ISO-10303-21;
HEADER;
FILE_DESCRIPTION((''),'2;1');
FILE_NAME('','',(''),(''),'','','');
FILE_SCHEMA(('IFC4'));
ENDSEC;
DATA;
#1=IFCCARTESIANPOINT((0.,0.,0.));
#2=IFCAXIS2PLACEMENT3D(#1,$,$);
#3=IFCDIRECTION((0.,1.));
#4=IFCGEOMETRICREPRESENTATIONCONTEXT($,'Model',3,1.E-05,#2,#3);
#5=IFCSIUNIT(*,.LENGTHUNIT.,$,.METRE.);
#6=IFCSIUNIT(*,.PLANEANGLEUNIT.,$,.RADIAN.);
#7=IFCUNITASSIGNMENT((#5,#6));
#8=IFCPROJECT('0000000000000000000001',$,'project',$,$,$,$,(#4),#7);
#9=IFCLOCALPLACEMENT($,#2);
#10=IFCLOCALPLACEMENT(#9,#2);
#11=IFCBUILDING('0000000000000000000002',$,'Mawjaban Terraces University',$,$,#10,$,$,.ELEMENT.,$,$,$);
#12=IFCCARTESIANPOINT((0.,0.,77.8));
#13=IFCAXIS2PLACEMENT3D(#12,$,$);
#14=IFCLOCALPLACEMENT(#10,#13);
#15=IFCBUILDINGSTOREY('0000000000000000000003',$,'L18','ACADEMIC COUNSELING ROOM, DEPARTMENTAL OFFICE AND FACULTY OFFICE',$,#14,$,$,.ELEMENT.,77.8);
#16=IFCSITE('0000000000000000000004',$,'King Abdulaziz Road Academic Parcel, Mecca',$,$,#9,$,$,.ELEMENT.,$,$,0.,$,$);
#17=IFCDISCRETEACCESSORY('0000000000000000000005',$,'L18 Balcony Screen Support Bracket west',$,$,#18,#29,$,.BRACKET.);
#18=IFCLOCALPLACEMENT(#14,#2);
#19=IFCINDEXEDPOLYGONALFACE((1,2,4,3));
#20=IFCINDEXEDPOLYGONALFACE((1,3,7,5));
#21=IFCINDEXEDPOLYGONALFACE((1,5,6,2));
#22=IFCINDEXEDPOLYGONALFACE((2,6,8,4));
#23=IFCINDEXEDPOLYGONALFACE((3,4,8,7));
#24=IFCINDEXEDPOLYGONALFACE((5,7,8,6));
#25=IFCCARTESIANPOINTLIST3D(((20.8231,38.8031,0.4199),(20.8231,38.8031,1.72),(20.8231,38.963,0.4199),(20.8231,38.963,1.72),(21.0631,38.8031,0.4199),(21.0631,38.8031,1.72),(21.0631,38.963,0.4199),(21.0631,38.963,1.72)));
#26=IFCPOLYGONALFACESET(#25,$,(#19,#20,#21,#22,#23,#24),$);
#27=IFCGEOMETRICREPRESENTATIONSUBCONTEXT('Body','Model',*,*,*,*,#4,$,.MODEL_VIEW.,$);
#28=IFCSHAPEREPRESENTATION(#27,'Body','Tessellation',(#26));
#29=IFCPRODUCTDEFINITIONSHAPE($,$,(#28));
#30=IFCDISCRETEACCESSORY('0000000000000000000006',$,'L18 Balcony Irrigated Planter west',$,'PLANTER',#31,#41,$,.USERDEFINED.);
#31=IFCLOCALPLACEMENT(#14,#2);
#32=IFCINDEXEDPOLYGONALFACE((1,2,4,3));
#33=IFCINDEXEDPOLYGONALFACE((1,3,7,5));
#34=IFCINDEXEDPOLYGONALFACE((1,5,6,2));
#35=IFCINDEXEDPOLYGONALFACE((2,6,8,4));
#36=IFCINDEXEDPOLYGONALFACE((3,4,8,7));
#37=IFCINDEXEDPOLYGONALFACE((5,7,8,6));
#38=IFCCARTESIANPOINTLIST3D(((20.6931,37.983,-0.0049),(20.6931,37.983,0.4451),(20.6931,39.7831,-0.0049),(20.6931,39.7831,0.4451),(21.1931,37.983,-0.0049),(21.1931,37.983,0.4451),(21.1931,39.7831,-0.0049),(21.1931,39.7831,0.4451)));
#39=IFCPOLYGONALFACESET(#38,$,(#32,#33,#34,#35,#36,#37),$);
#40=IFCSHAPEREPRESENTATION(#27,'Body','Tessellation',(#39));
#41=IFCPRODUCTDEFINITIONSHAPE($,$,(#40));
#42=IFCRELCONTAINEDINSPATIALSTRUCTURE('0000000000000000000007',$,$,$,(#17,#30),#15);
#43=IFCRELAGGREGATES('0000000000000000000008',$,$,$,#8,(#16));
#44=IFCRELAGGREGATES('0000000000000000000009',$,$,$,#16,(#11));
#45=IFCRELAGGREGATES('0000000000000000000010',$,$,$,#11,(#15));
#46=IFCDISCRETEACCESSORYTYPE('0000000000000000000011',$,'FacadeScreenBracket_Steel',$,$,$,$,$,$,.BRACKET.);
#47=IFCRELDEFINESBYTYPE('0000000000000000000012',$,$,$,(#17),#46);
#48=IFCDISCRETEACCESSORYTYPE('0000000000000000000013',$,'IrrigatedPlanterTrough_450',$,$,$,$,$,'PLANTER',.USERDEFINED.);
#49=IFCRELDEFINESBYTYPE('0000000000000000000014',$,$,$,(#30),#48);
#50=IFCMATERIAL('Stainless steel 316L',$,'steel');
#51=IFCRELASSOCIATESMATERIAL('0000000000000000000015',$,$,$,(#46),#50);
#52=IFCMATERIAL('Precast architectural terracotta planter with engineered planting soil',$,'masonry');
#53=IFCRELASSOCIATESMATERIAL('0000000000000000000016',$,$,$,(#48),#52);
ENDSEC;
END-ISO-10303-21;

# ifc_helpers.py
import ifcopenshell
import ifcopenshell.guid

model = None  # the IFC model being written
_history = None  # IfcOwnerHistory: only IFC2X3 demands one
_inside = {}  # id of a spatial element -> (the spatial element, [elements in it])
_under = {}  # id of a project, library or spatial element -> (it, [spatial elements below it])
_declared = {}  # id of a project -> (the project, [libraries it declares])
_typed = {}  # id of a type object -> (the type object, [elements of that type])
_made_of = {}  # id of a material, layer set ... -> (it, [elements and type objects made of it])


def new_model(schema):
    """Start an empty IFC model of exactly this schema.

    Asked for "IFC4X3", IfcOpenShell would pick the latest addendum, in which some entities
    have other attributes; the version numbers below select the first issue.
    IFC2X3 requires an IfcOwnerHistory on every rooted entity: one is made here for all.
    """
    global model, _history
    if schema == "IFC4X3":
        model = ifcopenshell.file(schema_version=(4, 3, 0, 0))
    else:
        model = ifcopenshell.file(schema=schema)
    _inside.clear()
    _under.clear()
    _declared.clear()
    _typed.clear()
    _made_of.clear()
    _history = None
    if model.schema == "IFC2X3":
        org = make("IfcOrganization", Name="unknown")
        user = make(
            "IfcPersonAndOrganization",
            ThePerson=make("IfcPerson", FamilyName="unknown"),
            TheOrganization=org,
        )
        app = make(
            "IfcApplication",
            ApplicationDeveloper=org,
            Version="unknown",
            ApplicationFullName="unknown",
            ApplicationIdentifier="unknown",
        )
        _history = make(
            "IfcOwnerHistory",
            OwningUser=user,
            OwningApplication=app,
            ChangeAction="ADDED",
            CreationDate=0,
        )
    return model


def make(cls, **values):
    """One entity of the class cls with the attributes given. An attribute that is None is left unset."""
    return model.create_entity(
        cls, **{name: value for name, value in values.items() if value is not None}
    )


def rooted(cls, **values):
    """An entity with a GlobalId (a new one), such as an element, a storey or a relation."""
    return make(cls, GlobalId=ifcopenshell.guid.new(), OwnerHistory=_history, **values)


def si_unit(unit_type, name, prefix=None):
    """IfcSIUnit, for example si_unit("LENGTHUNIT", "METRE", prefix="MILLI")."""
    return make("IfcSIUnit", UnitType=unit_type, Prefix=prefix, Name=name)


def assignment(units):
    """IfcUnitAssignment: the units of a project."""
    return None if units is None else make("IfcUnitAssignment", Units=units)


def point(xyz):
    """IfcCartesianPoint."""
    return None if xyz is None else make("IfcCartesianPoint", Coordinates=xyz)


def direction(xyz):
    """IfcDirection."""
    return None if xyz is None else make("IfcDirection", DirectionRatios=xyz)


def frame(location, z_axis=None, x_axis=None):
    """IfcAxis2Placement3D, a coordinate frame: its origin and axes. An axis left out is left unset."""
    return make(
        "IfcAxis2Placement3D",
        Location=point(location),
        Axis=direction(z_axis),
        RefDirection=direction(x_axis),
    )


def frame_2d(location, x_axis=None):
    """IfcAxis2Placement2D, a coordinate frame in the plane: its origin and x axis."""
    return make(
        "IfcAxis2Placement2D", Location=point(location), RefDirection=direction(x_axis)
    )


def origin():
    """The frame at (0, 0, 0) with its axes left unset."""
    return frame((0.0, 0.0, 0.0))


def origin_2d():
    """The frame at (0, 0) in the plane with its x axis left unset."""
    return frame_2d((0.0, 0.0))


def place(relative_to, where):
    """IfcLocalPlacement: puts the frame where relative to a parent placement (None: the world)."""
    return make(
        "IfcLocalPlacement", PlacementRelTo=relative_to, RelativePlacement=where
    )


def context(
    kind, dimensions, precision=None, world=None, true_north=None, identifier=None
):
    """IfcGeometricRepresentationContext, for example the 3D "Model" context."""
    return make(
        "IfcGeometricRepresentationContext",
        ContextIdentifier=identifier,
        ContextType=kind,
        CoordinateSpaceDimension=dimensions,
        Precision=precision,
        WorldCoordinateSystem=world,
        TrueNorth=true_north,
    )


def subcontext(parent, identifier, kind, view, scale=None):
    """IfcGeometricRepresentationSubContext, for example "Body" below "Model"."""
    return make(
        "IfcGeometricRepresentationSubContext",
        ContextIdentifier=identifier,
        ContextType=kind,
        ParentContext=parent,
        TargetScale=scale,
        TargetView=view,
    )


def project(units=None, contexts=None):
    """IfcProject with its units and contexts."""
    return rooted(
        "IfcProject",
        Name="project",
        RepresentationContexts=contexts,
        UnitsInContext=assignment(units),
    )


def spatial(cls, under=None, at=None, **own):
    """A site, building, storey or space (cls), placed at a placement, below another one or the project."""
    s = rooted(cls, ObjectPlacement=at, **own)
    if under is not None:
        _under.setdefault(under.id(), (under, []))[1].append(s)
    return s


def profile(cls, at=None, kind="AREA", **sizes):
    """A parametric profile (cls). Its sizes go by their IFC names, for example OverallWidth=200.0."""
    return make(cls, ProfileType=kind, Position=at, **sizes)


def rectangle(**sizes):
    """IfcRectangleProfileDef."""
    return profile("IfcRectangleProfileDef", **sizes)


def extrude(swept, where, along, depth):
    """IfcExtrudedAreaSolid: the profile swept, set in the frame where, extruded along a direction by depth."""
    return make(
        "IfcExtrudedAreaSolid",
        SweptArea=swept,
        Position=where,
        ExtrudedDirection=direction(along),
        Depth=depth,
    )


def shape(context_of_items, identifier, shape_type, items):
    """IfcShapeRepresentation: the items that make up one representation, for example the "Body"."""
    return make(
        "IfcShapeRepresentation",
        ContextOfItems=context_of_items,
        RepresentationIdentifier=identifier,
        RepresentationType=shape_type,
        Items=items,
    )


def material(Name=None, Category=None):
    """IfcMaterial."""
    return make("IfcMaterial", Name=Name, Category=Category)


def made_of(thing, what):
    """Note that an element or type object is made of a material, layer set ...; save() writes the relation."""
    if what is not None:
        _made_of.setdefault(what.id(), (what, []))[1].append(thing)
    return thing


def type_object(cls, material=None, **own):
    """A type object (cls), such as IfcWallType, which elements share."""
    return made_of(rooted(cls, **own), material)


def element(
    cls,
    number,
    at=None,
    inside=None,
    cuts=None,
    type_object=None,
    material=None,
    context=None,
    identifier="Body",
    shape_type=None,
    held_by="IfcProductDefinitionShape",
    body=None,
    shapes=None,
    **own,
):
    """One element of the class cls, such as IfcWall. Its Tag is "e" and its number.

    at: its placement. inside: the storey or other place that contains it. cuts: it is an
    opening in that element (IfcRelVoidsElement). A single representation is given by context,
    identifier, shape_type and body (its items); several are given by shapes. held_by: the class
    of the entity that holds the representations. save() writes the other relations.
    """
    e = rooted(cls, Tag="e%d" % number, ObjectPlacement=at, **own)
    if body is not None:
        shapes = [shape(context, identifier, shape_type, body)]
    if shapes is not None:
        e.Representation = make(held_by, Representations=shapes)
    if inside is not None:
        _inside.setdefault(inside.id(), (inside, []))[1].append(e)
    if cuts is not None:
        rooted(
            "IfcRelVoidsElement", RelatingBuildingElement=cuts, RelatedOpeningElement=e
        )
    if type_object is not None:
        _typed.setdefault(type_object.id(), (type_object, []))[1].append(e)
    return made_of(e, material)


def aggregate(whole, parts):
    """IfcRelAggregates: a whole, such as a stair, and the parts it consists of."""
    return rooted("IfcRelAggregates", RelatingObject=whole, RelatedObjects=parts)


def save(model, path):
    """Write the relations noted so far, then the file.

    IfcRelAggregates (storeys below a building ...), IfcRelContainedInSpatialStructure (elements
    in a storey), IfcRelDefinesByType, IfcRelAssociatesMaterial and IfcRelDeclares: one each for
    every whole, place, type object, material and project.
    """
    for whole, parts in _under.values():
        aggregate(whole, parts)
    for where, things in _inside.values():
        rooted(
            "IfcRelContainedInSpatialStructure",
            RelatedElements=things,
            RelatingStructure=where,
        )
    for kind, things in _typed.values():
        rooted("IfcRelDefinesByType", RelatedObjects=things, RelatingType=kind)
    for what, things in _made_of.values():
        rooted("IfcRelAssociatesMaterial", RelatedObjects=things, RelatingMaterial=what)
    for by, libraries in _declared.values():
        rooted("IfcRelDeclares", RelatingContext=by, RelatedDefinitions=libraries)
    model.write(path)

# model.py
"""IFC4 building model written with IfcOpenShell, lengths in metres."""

from ifc_helpers import new_model, si_unit, direction, frame, origin, origin_2d, place, context, subcontext, project, spatial, rectangle, extrude, material, type_object, element, save


model = new_model("IFC4")

# Units and contexts
model_context = context("Model", 3, precision=1e-05, world=origin(), true_north=direction((0.0, 1.0)))
body_context = subcontext(model_context, "Body", "Model", "MODEL_VIEW")
ifc_project = project(units=[si_unit("LENGTHUNIT", "METRE"), si_unit("PLANEANGLEUNIT", "RADIAN")], contexts=[model_context])

# Site, building, storey
site_placement = place(None, origin())
site = spatial("IfcSite", under=ifc_project, at=site_placement, Name="King Abdulaziz Road Academic Parcel, Mecca", CompositionType="ELEMENT", RefElevation=0.0)
building_placement = place(site_placement, origin())
building = spatial("IfcBuilding", under=site, at=building_placement, Name="Mawjaban Terraces University", CompositionType="ELEMENT")
storey_placement = place(building_placement, frame((0.0, 0.0, 77.8)))
storey = spatial("IfcBuildingStorey", under=building, at=storey_placement, Name="L18", Description="ACADEMIC COUNSELING ROOM, DEPARTMENTAL OFFICE AND FACULTY OFFICE", CompositionType="ELEMENT", Elevation=77.8)

# Discrete accessories
ifc_material_1 = material(Name="Stainless steel 316L", Category="steel")
discrete_accessory_type_1 = type_object("IfcDiscreteAccessoryType", Name="FacadeScreenBracket_Steel", PredefinedType="BRACKET", material=ifc_material_1)
discrete_accessory_1_placement = place(storey_placement, frame((20.9431, 38.8831, 0.4199), z_axis=(0.0, 0.0, 1.0), x_axis=(0.0, 1.0, 0.0)))
element("IfcDiscreteAccessory", 1, at=discrete_accessory_1_placement, inside=storey, type_object=discrete_accessory_type_1, Name="L18 Balcony Screen Support Bracket west", PredefinedType="BRACKET", context=body_context, shape_type="SweptSolid", body=[
    extrude(rectangle(XDim=0.1599, YDim=0.24, at=origin_2d()), origin(), (0.0, 0.0, 1.0), 1.3),
])
ifc_material_2 = material(Name="Precast architectural terracotta planter with engineered planting soil", Category="masonry")
discrete_accessory_type_2 = type_object("IfcDiscreteAccessoryType", Name="IrrigatedPlanterTrough_450", ElementType="PLANTER", PredefinedType="USERDEFINED", material=ifc_material_2)
discrete_accessory_2_placement = place(storey_placement, frame((20.9431, 38.8831, -0.0049), z_axis=(0.0, 0.0, 1.0), x_axis=(0.0, 1.0, 0.0)))
element("IfcDiscreteAccessory", 2, at=discrete_accessory_2_placement, inside=storey, type_object=discrete_accessory_type_2, Name="L18 Balcony Irrigated Planter west", ObjectType="PLANTER", PredefinedType="USERDEFINED", context=body_context, shape_type="SweptSolid", body=[
    extrude(rectangle(XDim=1.8, YDim=0.5, at=origin_2d()), origin(), (0.0, 0.0, 1.0), 0.45),
])

save(model, "model.ifc")
